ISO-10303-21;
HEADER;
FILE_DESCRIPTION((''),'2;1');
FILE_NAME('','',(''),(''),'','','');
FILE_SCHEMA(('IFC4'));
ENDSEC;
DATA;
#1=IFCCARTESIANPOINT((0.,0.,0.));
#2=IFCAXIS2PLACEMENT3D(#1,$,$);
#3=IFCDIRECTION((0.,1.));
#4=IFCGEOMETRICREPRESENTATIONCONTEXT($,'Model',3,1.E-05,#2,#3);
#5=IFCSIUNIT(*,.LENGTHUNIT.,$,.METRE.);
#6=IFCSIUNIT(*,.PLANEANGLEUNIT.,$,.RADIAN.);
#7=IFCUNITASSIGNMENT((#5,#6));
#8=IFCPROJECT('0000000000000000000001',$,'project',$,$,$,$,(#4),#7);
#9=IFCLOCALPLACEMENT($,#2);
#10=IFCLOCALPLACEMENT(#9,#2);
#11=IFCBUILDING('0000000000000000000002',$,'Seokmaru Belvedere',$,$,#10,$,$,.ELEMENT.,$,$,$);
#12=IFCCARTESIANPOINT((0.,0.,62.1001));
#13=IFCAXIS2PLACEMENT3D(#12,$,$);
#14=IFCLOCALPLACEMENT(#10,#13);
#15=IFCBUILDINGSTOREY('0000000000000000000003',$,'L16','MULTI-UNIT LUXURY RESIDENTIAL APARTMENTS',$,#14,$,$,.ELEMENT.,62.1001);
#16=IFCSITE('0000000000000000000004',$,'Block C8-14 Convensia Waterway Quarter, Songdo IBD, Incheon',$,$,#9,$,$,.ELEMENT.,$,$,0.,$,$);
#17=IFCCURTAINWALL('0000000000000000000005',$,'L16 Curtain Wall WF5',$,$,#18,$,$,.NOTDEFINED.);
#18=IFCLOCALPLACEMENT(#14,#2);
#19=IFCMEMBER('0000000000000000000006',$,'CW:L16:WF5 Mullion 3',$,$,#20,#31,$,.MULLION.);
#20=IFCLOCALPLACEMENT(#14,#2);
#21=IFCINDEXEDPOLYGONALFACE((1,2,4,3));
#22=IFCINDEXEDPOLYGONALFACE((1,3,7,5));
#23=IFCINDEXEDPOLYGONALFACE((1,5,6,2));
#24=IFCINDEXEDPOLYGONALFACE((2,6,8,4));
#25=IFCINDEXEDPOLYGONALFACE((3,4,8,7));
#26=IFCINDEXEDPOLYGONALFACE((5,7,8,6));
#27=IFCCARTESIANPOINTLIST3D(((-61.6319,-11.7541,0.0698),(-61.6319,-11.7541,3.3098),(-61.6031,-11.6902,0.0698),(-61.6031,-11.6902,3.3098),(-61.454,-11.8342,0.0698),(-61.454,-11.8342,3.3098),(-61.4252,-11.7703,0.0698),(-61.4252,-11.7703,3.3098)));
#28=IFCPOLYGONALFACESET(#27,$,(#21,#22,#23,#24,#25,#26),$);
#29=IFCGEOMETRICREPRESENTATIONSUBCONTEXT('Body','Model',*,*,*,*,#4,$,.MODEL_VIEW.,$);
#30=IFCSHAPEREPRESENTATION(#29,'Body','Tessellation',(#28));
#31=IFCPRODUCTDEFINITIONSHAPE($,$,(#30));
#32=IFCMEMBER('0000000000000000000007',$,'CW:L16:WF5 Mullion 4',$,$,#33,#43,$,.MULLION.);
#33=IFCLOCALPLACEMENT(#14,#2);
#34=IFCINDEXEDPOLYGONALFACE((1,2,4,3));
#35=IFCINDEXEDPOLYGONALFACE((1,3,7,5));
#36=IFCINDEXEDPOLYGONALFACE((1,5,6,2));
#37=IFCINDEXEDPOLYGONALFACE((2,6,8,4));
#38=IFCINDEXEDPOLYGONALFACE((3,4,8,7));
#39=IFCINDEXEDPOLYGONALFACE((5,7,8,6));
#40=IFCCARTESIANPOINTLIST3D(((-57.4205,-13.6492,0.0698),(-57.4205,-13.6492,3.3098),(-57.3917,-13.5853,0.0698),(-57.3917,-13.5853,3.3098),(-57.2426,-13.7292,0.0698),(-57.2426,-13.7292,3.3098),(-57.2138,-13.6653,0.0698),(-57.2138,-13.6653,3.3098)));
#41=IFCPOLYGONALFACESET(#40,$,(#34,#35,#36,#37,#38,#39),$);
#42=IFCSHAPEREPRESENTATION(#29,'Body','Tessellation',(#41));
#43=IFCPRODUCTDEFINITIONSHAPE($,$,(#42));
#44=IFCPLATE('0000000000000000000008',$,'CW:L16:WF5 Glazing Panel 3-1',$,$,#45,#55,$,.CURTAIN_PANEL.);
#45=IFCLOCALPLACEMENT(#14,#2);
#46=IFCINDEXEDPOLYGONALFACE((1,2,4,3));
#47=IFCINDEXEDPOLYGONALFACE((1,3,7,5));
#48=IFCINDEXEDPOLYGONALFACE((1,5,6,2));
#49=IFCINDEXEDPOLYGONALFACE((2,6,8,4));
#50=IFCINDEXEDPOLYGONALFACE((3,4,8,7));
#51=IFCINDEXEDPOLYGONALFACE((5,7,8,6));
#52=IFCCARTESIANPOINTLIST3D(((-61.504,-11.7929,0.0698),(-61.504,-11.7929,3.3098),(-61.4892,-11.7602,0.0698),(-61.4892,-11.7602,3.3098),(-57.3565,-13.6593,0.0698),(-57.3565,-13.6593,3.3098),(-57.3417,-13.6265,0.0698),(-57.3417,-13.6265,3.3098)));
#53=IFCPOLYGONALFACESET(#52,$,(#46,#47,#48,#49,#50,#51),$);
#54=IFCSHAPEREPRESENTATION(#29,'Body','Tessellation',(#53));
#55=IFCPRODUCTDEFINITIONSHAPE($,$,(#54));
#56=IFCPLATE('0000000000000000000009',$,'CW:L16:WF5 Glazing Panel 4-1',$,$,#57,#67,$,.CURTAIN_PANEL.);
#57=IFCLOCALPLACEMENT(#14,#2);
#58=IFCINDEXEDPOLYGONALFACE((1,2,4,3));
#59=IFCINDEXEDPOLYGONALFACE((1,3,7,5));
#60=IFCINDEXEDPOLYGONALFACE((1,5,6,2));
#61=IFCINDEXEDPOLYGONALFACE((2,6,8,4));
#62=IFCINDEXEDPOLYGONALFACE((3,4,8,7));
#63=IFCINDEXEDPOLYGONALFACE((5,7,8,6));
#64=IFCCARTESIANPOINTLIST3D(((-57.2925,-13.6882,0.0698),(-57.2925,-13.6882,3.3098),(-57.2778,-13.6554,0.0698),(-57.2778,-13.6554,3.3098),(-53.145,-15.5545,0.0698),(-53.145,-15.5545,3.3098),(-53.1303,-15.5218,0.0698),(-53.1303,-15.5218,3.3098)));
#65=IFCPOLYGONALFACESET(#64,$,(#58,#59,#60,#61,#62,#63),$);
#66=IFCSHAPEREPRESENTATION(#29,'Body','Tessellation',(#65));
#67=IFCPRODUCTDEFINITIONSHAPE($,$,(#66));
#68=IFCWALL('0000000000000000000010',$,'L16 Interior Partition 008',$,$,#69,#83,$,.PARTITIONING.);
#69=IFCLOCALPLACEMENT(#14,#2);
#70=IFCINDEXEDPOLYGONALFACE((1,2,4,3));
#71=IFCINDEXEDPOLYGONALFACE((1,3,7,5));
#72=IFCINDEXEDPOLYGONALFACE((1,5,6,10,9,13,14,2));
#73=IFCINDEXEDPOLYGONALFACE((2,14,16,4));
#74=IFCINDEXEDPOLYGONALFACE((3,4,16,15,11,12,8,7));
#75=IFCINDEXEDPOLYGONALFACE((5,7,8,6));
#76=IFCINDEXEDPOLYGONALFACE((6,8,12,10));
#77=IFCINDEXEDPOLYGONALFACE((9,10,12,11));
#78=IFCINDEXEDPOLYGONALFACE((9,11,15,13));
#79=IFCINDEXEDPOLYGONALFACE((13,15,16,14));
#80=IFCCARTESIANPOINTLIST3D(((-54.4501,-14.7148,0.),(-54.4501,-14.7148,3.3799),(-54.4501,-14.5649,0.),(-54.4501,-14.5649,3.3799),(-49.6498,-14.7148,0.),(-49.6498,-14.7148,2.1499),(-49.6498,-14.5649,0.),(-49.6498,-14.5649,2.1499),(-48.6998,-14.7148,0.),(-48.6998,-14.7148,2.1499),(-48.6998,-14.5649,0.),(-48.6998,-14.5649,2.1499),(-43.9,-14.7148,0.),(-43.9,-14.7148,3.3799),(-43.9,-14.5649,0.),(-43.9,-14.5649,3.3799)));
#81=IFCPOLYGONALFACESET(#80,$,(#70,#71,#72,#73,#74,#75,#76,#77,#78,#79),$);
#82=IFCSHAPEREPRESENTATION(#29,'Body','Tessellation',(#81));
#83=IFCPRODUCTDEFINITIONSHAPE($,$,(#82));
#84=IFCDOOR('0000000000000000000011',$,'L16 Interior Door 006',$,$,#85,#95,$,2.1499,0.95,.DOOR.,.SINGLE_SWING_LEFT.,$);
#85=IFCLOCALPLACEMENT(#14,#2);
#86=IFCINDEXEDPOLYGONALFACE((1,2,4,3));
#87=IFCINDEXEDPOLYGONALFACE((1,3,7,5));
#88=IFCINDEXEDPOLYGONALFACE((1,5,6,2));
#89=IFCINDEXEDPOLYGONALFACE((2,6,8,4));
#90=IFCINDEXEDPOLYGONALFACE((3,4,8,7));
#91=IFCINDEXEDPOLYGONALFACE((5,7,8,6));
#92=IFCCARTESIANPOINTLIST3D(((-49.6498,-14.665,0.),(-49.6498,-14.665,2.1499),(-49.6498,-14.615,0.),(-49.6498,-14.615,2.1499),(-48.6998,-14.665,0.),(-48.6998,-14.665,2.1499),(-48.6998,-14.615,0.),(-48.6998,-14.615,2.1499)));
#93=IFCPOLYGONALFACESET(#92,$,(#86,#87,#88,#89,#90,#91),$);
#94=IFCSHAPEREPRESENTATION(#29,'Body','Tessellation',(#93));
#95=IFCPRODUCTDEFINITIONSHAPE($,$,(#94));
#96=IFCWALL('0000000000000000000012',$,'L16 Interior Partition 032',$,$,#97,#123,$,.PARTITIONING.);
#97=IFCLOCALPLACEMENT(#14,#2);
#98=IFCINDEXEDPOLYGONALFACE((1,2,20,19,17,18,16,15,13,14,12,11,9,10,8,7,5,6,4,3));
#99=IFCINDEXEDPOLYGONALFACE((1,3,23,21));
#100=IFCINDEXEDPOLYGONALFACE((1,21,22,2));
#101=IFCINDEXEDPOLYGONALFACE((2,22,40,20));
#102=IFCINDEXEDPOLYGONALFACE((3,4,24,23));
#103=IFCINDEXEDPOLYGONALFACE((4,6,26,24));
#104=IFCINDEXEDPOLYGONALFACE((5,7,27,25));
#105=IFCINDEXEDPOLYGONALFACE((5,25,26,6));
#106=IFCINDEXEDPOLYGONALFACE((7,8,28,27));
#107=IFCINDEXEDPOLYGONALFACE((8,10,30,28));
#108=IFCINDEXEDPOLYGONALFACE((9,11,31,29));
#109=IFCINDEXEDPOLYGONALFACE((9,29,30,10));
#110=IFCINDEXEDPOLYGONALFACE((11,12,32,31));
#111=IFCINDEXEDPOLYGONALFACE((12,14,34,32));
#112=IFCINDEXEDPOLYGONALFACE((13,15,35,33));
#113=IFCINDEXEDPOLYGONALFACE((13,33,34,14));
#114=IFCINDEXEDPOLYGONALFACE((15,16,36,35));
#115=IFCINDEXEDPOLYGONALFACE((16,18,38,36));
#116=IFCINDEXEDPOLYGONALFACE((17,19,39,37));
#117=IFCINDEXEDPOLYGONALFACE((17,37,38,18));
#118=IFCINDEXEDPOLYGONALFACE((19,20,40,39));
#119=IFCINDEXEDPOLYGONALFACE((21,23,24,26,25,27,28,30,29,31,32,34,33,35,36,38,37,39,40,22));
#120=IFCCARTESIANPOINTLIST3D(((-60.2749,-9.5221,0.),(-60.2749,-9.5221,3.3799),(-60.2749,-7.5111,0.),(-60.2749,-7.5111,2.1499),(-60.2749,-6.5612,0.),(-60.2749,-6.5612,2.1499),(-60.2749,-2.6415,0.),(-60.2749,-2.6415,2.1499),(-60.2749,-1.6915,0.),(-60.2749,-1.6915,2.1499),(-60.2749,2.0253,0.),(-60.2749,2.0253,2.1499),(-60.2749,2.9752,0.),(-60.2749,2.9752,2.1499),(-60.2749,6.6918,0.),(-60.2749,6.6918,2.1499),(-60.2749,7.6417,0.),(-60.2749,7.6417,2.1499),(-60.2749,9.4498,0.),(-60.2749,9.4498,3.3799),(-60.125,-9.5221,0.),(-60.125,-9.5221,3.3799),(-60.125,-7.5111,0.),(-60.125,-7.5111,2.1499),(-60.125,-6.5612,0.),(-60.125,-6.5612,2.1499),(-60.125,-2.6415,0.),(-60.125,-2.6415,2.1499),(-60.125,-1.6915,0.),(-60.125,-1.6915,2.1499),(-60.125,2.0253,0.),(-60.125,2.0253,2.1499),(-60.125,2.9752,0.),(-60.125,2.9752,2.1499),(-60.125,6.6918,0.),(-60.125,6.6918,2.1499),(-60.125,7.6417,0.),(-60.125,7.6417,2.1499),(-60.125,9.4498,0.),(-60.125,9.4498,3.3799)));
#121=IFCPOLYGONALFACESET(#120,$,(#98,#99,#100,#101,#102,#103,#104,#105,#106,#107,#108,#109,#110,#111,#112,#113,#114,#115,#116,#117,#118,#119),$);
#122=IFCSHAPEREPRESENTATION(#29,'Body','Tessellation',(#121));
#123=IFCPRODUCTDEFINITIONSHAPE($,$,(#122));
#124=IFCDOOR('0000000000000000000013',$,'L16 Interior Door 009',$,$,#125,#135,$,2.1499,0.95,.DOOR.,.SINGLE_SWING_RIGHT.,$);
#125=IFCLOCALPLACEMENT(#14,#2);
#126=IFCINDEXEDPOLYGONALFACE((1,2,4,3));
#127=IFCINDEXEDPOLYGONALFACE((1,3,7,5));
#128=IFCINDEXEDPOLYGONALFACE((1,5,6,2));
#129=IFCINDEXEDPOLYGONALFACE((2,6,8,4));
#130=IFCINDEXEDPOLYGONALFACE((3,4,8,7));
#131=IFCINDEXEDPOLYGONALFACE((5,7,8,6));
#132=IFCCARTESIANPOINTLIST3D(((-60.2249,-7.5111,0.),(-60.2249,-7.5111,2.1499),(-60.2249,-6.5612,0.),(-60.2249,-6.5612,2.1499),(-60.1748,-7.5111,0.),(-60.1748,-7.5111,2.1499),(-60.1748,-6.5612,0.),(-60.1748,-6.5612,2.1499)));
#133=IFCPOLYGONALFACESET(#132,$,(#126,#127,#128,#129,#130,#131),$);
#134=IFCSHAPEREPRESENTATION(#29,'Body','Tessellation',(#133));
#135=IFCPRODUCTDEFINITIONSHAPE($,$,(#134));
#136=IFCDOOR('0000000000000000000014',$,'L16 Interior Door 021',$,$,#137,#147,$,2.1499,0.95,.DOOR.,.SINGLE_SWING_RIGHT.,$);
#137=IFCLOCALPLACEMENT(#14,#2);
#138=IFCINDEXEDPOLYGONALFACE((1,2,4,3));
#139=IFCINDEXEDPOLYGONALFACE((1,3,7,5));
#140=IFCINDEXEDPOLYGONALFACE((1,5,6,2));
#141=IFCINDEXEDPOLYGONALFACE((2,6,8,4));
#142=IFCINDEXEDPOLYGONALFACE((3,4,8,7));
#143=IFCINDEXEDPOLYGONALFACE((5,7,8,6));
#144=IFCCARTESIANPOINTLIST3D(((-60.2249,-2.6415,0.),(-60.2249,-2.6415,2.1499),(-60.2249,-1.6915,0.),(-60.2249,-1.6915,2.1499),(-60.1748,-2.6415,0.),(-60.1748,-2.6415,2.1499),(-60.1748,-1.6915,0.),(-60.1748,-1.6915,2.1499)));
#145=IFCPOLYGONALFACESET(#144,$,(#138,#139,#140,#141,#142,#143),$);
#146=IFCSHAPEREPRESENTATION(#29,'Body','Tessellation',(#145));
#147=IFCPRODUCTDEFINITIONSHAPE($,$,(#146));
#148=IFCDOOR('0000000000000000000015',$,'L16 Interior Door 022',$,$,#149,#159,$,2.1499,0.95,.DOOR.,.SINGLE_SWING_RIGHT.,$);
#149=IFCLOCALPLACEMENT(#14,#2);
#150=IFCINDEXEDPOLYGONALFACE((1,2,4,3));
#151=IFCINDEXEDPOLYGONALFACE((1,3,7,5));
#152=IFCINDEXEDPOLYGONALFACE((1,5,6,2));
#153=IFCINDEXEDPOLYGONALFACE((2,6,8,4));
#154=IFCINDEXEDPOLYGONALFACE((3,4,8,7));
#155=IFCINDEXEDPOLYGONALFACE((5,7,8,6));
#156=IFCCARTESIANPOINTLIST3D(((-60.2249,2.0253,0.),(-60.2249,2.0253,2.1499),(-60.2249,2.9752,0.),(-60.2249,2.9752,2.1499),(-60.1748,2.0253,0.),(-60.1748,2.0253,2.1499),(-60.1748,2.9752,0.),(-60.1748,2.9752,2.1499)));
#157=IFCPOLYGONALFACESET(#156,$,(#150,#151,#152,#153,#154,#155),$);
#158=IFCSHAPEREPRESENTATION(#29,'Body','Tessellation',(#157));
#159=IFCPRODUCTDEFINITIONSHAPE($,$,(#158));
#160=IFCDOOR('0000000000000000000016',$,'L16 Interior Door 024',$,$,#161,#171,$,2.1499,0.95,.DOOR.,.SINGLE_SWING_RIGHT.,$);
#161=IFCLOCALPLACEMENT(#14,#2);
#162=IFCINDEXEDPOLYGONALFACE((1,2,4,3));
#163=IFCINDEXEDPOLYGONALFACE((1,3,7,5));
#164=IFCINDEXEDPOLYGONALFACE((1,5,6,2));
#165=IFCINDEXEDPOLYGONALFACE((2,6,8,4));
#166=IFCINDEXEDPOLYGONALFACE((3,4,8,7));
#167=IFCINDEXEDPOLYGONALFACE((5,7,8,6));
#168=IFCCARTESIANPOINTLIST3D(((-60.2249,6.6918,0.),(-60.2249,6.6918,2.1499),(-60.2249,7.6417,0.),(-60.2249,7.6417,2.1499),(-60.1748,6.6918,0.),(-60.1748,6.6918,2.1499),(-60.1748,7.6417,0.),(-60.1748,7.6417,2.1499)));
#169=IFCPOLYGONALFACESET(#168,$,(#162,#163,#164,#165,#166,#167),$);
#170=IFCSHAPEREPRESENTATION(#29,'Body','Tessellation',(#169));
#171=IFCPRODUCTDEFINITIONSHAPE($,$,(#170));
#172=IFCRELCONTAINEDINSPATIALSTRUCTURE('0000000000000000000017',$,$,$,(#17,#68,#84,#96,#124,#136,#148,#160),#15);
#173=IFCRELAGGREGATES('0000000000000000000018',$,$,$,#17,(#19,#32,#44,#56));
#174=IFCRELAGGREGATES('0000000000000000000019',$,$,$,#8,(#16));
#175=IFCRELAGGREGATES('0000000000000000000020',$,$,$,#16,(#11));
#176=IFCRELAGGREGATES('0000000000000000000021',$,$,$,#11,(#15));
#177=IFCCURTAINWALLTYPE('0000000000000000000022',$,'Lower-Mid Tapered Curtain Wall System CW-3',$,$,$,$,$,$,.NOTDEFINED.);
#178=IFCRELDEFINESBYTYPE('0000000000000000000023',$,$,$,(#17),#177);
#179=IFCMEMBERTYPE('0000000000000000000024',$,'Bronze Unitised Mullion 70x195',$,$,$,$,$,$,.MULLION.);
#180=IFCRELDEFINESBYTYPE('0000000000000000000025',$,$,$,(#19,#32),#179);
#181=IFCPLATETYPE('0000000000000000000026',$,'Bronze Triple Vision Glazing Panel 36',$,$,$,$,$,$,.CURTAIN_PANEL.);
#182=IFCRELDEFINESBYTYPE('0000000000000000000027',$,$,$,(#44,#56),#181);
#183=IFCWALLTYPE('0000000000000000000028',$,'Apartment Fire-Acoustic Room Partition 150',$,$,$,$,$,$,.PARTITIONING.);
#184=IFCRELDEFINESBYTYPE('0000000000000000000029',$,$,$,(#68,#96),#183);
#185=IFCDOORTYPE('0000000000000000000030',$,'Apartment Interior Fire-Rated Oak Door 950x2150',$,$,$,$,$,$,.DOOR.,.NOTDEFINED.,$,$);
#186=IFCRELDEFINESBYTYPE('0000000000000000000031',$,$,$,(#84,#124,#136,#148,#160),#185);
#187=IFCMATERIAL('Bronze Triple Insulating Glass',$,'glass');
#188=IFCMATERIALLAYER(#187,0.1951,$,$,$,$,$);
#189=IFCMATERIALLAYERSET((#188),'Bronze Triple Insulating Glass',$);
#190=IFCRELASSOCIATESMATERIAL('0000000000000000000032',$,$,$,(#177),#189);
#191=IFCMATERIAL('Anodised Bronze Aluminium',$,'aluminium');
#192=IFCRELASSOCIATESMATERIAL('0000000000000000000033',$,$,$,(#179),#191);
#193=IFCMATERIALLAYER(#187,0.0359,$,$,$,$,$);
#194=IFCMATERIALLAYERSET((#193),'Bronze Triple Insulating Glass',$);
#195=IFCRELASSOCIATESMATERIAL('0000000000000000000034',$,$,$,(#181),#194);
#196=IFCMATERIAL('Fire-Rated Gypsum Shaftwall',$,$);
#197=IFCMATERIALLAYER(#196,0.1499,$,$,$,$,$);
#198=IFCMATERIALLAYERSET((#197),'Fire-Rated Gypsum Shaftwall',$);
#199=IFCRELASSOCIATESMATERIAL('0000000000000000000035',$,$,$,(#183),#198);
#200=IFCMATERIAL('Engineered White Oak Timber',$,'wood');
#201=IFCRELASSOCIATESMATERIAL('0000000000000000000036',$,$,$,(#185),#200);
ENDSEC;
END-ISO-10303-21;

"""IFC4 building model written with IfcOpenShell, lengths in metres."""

from ifc_helpers import new_model, si_unit, direction, frame, frame_2d, origin, origin_2d, place, context, subcontext, project, spatial, rectangle, extrude, source, transform, mapped, material, layer, layer_set, material_profile, profile_set, type_object, type_shapes, element, fill, aggregate, save


model = new_model("IFC4")

# Units and contexts
model_context = context("Model", 3, precision=1e-05, world=origin(), true_north=direction((0.0, 1.0)))
body_context = subcontext(model_context, "Body", "Model", "MODEL_VIEW")
ifc_project = project(units=[si_unit("LENGTHUNIT", "METRE"), si_unit("PLANEANGLEUNIT", "RADIAN")], contexts=[model_context])

# Site, building, storey
site_placement = place(None, origin())
site = spatial("IfcSite", under=ifc_project, at=site_placement, Name="Block C8-14 Convensia Waterway Quarter, Songdo IBD, Incheon", CompositionType="ELEMENT", RefElevation=0.0)
building_placement = place(site_placement, origin())
building = spatial("IfcBuilding", under=site, at=building_placement, Name="Seokmaru Belvedere", CompositionType="ELEMENT")
storey_placement = place(building_placement, frame((0.0, 0.0, 62.1001)))
storey = spatial("IfcBuildingStorey", under=building, at=storey_placement, Name="L16", Description="MULTI-UNIT LUXURY RESIDENTIAL APARTMENTS", CompositionType="ELEMENT", Elevation=62.1001)

# Curtain wall, members, plates
ifc_material_1 = material(Name="Bronze Triple Insulating Glass", Category="glass")
ifc_layer_1 = layer(ifc_material_1, 0.1951)
ifc_layer_set_1 = layer_set([ifc_layer_1], Name="Bronze Triple Insulating Glass")
curtain_wall_type = type_object("IfcCurtainWallType", Name="Lower-Mid Tapered Curtain Wall System CW-3", PredefinedType="NOTDEFINED", material=ifc_layer_set_1)
curtain_wall_placement = place(storey_placement, origin())
curtain_wall = element("IfcCurtainWall", 1, at=curtain_wall_placement, inside=storey, type_object=curtain_wall_type, Name="L16 Curtain Wall WF5", PredefinedType="NOTDEFINED")
ifc_material_2 = material(Name="Anodised Bronze Aluminium", Category="aluminium")
ifc_material_profile_1 = material_profile(ifc_material_2, rectangle(XDim=0.0701, YDim=0.1951, at=origin_2d()), Name="CW-M-70x195")
ifc_profile_set_1 = profile_set([ifc_material_profile_1], Name="Anodised Bronze Aluminium")
member_type = type_object("IfcMemberType", Name="Bronze Unitised Mullion 70x195", PredefinedType="MULLION", material=ifc_profile_set_1)
shared_shape_1 = source(origin(), body_context, "Body", "SweptSolid", [
    extrude(rectangle(XDim=0.0701, YDim=0.1951, at=origin_2d()), origin(), (0.0, 0.0, 1.0), 3.24),
])
type_shapes(member_type, [shared_shape_1])
member_1_placement = place(storey_placement, frame((-61.5286, -11.7622, 0.0698), z_axis=(0.0, 0.0, 1.0), x_axis=(0.410366, 0.911921, 0.0)))
member_1 = element("IfcMember", 2, at=member_1_placement, type_object=member_type, Name="CW:L16:WF5 Mullion 3", PredefinedType="MULLION", context=body_context, shape_type="MappedRepresentation", body=[
    mapped(shared_shape_1, transform((0.0, 0.0, 0.0), scale=1.0)),
])
member_2_placement = place(storey_placement, frame((-57.3171, -13.6572, 0.0698), z_axis=(0.0, 0.0, 1.0), x_axis=(0.410366, 0.911921, 0.0)))
member_2 = element("IfcMember", 3, at=member_2_placement, type_object=member_type, Name="CW:L16:WF5 Mullion 4", PredefinedType="MULLION", context=body_context, shape_type="MappedRepresentation", body=[
    mapped(shared_shape_1, transform((0.0, 0.0, 0.0), scale=1.0)),
])
ifc_layer_2 = layer(ifc_material_1, 0.0359)
ifc_layer_set_2 = layer_set([ifc_layer_2], Name="Bronze Triple Insulating Glass")
plate_type = type_object("IfcPlateType", Name="Bronze Triple Vision Glazing Panel 36", PredefinedType="CURTAIN_PANEL", material=ifc_layer_set_2)
shared_shape_2 = source(origin(), body_context, "Body", "SweptSolid", [
    extrude(rectangle(XDim=4.5481, YDim=0.0359, at=origin_2d()), origin(), (0.0, 0.0, 1.0), 3.24),
])
type_shapes(plate_type, [shared_shape_2])
plate_1_placement = place(storey_placement, frame((-59.4229, -12.7097, 0.0698), z_axis=(0.0, 0.0, 1.0), x_axis=(0.911921, -0.410366, 0.0)))
plate_1 = element("IfcPlate", 4, at=plate_1_placement, type_object=plate_type, Name="CW:L16:WF5 Glazing Panel 3-1", PredefinedType="CURTAIN_PANEL", context=body_context, shape_type="MappedRepresentation", body=[
    mapped(shared_shape_2, transform((0.0, 0.0, 0.0), scale=1.0)),
])
plate_2_placement = place(storey_placement, frame((-55.2114, -14.605, 0.0698), z_axis=(0.0, 0.0, 1.0), x_axis=(0.911921, -0.410366, 0.0)))
plate_2 = element("IfcPlate", 5, at=plate_2_placement, type_object=plate_type, Name="CW:L16:WF5 Glazing Panel 4-1", PredefinedType="CURTAIN_PANEL", context=body_context, shape_type="MappedRepresentation", body=[
    mapped(shared_shape_2, transform((0.0, 0.0, 0.0), scale=1.0)),
])
aggregate(curtain_wall, [member_1, member_2, plate_1, plate_2])

# Wall, opening, door
ifc_material_3 = material(Name="Fire-Rated Gypsum Shaftwall")
ifc_layer_3 = layer(ifc_material_3, 0.1499)
ifc_layer_set_3 = layer_set([ifc_layer_3], Name="Fire-Rated Gypsum Shaftwall")
wall_type_1 = type_object("IfcWallType", Name="Apartment Fire-Acoustic Room Partition 150", PredefinedType="PARTITIONING", material=ifc_layer_set_3)
wall_1_placement = place(storey_placement, frame((-54.45, -14.6399, 0.0), z_axis=(0.0, 0.0, 1.0), x_axis=(1.0, 0.0, 0.0)))
wall_1 = element("IfcWall", 6, at=wall_1_placement, inside=storey, type_object=wall_type_1, Name="L16 Interior Partition 008", PredefinedType="PARTITIONING", context=body_context, shape_type="SweptSolid", body=[
    extrude(rectangle(XDim=10.55, YDim=0.1499, at=frame_2d((5.2749, 0.0))), origin(), (0.0, 0.0, 1.0), 3.3799),
])
opening_1_placement = place(wall_1_placement, frame((4.8, 0.0, 0.0)))
opening_1 = element("IfcOpeningElement", 7, at=opening_1_placement, cuts=wall_1, PredefinedType="OPENING", context=body_context, shape_type="SweptSolid", body=[
    extrude(rectangle(XDim=0.95, YDim=2.1499, at=frame_2d((0.4751, 1.075))), frame((0.0, 0.085, 0.0), z_axis=(0.0, -1.0, 0.0), x_axis=(1.0, 0.0, 0.0)), (0.0, 0.0, 1.0), 0.1699),
])
ifc_material_4 = material(Name="Engineered White Oak Timber", Category="wood")
door_type = type_object("IfcDoorType", Name="Apartment Interior Fire-Rated Oak Door 950x2150", OperationType="NOTDEFINED", PredefinedType="DOOR", material=ifc_material_4)
shared_shape_3 = source(origin(), body_context, "Body", "SweptSolid", [
    extrude(rectangle(XDim=0.95, YDim=2.1499, at=frame_2d((0.4751, 1.075))), frame((0.0, 0.0249, 0.0), z_axis=(0.0, -1.0, 0.0), x_axis=(1.0, 0.0, 0.0)), (0.0, 0.0, 1.0), 0.05),
])
type_shapes(door_type, [shared_shape_3])
door_1_placement = place(opening_1_placement, origin())
door_1 = element("IfcDoor", 8, at=door_1_placement, inside=storey, type_object=door_type, Name="L16 Interior Door 006", OperationType="SINGLE_SWING_LEFT", OverallHeight=2.1499, OverallWidth=0.95, PredefinedType="DOOR", context=body_context, shape_type="MappedRepresentation", body=[
    mapped(shared_shape_3, transform((0.0, 0.0, 0.0), scale=1.0)),
])
fill(opening_1, door_1)

# Wall, openings, doors
wall_2_placement = place(storey_placement, frame((-60.2, -9.522, 0.0), z_axis=(0.0, 0.0, 1.0), x_axis=(0.0, 1.0, 0.0)))
wall_2 = element("IfcWall", 9, at=wall_2_placement, inside=storey, type_object=wall_type_1, Name="L16 Interior Partition 032", PredefinedType="PARTITIONING", context=body_context, shape_type="SweptSolid", body=[
    extrude(rectangle(XDim=18.9719, YDim=0.1499, at=frame_2d((9.4858, 0.0))), origin(), (0.0, 0.0, 1.0), 3.3799),
])
opening_2_placement = place(wall_2_placement, frame((2.0107, 0.0, 0.0)))
opening_2 = element("IfcOpeningElement", 10, at=opening_2_placement, cuts=wall_2, PredefinedType="OPENING", context=body_context, shape_type="SweptSolid", body=[
    extrude(rectangle(XDim=0.95, YDim=2.1499, at=frame_2d((0.4751, 1.075))), frame((0.0, 0.085, 0.0), z_axis=(0.0, -1.0, 0.0), x_axis=(1.0, 0.0, 0.0)), (0.0, 0.0, 1.0), 0.1699),
])
opening_3_placement = place(wall_2_placement, frame((6.8804, 0.0, 0.0)))
opening_3 = element("IfcOpeningElement", 11, at=opening_3_placement, cuts=wall_2, PredefinedType="OPENING", context=body_context, shape_type="SweptSolid", body=[
    extrude(rectangle(XDim=0.95, YDim=2.1499, at=frame_2d((0.4751, 1.075))), frame((0.0, 0.085, 0.0), z_axis=(0.0, -1.0, 0.0), x_axis=(1.0, 0.0, 0.0)), (0.0, 0.0, 1.0), 0.1699),
])
opening_4_placement = place(wall_2_placement, frame((11.5471, 0.0, 0.0)))
opening_4 = element("IfcOpeningElement", 12, at=opening_4_placement, cuts=wall_2, PredefinedType="OPENING", context=body_context, shape_type="SweptSolid", body=[
    extrude(rectangle(XDim=0.95, YDim=2.1499, at=frame_2d((0.4751, 1.075))), frame((0.0, 0.085, 0.0), z_axis=(0.0, -1.0, 0.0), x_axis=(1.0, 0.0, 0.0)), (0.0, 0.0, 1.0), 0.1699),
])
opening_5_placement = place(wall_2_placement, frame((16.2136, 0.0, 0.0)))
opening_5 = element("IfcOpeningElement", 13, at=opening_5_placement, cuts=wall_2, PredefinedType="OPENING", context=body_context, shape_type="SweptSolid", body=[
    extrude(rectangle(XDim=0.95, YDim=2.1499, at=frame_2d((0.4751, 1.075))), frame((0.0, 0.085, 0.0), z_axis=(0.0, -1.0, 0.0), x_axis=(1.0, 0.0, 0.0)), (0.0, 0.0, 1.0), 0.1699),
])
door_2_placement = place(opening_2_placement, origin())
door_2 = element("IfcDoor", 14, at=door_2_placement, inside=storey, type_object=door_type, Name="L16 Interior Door 009", OperationType="SINGLE_SWING_RIGHT", OverallHeight=2.1499, OverallWidth=0.95, PredefinedType="DOOR", context=body_context, shape_type="MappedRepresentation", body=[
    mapped(shared_shape_3, transform((0.0, 0.0, 0.0), scale=1.0)),
])
fill(opening_2, door_2)
door_3_placement = place(opening_3_placement, origin())
door_3 = element("IfcDoor", 15, at=door_3_placement, inside=storey, type_object=door_type, Name="L16 Interior Door 021", OperationType="SINGLE_SWING_RIGHT", OverallHeight=2.1499, OverallWidth=0.95, PredefinedType="DOOR", context=body_context, shape_type="MappedRepresentation", body=[
    mapped(shared_shape_3, transform((0.0, 0.0, 0.0), scale=1.0)),
])
fill(opening_3, door_3)
door_4_placement = place(opening_4_placement, origin())
door_4 = element("IfcDoor", 16, at=door_4_placement, inside=storey, type_object=door_type, Name="L16 Interior Door 022", OperationType="SINGLE_SWING_RIGHT", OverallHeight=2.1499, OverallWidth=0.95, PredefinedType="DOOR", context=body_context, shape_type="MappedRepresentation", body=[
    mapped(shared_shape_3, transform((0.0, 0.0, 0.0), scale=1.0)),
])
fill(opening_4, door_4)
door_5_placement = place(opening_5_placement, origin())
door_5 = element("IfcDoor", 17, at=door_5_placement, inside=storey, type_object=door_type, Name="L16 Interior Door 024", OperationType="SINGLE_SWING_RIGHT", OverallHeight=2.1499, OverallWidth=0.95, PredefinedType="DOOR", context=body_context, shape_type="MappedRepresentation", body=[
    mapped(shared_shape_3, transform((0.0, 0.0, 0.0), scale=1.0)),
])
fill(opening_5, door_5)

save(model, "model.ifc")
